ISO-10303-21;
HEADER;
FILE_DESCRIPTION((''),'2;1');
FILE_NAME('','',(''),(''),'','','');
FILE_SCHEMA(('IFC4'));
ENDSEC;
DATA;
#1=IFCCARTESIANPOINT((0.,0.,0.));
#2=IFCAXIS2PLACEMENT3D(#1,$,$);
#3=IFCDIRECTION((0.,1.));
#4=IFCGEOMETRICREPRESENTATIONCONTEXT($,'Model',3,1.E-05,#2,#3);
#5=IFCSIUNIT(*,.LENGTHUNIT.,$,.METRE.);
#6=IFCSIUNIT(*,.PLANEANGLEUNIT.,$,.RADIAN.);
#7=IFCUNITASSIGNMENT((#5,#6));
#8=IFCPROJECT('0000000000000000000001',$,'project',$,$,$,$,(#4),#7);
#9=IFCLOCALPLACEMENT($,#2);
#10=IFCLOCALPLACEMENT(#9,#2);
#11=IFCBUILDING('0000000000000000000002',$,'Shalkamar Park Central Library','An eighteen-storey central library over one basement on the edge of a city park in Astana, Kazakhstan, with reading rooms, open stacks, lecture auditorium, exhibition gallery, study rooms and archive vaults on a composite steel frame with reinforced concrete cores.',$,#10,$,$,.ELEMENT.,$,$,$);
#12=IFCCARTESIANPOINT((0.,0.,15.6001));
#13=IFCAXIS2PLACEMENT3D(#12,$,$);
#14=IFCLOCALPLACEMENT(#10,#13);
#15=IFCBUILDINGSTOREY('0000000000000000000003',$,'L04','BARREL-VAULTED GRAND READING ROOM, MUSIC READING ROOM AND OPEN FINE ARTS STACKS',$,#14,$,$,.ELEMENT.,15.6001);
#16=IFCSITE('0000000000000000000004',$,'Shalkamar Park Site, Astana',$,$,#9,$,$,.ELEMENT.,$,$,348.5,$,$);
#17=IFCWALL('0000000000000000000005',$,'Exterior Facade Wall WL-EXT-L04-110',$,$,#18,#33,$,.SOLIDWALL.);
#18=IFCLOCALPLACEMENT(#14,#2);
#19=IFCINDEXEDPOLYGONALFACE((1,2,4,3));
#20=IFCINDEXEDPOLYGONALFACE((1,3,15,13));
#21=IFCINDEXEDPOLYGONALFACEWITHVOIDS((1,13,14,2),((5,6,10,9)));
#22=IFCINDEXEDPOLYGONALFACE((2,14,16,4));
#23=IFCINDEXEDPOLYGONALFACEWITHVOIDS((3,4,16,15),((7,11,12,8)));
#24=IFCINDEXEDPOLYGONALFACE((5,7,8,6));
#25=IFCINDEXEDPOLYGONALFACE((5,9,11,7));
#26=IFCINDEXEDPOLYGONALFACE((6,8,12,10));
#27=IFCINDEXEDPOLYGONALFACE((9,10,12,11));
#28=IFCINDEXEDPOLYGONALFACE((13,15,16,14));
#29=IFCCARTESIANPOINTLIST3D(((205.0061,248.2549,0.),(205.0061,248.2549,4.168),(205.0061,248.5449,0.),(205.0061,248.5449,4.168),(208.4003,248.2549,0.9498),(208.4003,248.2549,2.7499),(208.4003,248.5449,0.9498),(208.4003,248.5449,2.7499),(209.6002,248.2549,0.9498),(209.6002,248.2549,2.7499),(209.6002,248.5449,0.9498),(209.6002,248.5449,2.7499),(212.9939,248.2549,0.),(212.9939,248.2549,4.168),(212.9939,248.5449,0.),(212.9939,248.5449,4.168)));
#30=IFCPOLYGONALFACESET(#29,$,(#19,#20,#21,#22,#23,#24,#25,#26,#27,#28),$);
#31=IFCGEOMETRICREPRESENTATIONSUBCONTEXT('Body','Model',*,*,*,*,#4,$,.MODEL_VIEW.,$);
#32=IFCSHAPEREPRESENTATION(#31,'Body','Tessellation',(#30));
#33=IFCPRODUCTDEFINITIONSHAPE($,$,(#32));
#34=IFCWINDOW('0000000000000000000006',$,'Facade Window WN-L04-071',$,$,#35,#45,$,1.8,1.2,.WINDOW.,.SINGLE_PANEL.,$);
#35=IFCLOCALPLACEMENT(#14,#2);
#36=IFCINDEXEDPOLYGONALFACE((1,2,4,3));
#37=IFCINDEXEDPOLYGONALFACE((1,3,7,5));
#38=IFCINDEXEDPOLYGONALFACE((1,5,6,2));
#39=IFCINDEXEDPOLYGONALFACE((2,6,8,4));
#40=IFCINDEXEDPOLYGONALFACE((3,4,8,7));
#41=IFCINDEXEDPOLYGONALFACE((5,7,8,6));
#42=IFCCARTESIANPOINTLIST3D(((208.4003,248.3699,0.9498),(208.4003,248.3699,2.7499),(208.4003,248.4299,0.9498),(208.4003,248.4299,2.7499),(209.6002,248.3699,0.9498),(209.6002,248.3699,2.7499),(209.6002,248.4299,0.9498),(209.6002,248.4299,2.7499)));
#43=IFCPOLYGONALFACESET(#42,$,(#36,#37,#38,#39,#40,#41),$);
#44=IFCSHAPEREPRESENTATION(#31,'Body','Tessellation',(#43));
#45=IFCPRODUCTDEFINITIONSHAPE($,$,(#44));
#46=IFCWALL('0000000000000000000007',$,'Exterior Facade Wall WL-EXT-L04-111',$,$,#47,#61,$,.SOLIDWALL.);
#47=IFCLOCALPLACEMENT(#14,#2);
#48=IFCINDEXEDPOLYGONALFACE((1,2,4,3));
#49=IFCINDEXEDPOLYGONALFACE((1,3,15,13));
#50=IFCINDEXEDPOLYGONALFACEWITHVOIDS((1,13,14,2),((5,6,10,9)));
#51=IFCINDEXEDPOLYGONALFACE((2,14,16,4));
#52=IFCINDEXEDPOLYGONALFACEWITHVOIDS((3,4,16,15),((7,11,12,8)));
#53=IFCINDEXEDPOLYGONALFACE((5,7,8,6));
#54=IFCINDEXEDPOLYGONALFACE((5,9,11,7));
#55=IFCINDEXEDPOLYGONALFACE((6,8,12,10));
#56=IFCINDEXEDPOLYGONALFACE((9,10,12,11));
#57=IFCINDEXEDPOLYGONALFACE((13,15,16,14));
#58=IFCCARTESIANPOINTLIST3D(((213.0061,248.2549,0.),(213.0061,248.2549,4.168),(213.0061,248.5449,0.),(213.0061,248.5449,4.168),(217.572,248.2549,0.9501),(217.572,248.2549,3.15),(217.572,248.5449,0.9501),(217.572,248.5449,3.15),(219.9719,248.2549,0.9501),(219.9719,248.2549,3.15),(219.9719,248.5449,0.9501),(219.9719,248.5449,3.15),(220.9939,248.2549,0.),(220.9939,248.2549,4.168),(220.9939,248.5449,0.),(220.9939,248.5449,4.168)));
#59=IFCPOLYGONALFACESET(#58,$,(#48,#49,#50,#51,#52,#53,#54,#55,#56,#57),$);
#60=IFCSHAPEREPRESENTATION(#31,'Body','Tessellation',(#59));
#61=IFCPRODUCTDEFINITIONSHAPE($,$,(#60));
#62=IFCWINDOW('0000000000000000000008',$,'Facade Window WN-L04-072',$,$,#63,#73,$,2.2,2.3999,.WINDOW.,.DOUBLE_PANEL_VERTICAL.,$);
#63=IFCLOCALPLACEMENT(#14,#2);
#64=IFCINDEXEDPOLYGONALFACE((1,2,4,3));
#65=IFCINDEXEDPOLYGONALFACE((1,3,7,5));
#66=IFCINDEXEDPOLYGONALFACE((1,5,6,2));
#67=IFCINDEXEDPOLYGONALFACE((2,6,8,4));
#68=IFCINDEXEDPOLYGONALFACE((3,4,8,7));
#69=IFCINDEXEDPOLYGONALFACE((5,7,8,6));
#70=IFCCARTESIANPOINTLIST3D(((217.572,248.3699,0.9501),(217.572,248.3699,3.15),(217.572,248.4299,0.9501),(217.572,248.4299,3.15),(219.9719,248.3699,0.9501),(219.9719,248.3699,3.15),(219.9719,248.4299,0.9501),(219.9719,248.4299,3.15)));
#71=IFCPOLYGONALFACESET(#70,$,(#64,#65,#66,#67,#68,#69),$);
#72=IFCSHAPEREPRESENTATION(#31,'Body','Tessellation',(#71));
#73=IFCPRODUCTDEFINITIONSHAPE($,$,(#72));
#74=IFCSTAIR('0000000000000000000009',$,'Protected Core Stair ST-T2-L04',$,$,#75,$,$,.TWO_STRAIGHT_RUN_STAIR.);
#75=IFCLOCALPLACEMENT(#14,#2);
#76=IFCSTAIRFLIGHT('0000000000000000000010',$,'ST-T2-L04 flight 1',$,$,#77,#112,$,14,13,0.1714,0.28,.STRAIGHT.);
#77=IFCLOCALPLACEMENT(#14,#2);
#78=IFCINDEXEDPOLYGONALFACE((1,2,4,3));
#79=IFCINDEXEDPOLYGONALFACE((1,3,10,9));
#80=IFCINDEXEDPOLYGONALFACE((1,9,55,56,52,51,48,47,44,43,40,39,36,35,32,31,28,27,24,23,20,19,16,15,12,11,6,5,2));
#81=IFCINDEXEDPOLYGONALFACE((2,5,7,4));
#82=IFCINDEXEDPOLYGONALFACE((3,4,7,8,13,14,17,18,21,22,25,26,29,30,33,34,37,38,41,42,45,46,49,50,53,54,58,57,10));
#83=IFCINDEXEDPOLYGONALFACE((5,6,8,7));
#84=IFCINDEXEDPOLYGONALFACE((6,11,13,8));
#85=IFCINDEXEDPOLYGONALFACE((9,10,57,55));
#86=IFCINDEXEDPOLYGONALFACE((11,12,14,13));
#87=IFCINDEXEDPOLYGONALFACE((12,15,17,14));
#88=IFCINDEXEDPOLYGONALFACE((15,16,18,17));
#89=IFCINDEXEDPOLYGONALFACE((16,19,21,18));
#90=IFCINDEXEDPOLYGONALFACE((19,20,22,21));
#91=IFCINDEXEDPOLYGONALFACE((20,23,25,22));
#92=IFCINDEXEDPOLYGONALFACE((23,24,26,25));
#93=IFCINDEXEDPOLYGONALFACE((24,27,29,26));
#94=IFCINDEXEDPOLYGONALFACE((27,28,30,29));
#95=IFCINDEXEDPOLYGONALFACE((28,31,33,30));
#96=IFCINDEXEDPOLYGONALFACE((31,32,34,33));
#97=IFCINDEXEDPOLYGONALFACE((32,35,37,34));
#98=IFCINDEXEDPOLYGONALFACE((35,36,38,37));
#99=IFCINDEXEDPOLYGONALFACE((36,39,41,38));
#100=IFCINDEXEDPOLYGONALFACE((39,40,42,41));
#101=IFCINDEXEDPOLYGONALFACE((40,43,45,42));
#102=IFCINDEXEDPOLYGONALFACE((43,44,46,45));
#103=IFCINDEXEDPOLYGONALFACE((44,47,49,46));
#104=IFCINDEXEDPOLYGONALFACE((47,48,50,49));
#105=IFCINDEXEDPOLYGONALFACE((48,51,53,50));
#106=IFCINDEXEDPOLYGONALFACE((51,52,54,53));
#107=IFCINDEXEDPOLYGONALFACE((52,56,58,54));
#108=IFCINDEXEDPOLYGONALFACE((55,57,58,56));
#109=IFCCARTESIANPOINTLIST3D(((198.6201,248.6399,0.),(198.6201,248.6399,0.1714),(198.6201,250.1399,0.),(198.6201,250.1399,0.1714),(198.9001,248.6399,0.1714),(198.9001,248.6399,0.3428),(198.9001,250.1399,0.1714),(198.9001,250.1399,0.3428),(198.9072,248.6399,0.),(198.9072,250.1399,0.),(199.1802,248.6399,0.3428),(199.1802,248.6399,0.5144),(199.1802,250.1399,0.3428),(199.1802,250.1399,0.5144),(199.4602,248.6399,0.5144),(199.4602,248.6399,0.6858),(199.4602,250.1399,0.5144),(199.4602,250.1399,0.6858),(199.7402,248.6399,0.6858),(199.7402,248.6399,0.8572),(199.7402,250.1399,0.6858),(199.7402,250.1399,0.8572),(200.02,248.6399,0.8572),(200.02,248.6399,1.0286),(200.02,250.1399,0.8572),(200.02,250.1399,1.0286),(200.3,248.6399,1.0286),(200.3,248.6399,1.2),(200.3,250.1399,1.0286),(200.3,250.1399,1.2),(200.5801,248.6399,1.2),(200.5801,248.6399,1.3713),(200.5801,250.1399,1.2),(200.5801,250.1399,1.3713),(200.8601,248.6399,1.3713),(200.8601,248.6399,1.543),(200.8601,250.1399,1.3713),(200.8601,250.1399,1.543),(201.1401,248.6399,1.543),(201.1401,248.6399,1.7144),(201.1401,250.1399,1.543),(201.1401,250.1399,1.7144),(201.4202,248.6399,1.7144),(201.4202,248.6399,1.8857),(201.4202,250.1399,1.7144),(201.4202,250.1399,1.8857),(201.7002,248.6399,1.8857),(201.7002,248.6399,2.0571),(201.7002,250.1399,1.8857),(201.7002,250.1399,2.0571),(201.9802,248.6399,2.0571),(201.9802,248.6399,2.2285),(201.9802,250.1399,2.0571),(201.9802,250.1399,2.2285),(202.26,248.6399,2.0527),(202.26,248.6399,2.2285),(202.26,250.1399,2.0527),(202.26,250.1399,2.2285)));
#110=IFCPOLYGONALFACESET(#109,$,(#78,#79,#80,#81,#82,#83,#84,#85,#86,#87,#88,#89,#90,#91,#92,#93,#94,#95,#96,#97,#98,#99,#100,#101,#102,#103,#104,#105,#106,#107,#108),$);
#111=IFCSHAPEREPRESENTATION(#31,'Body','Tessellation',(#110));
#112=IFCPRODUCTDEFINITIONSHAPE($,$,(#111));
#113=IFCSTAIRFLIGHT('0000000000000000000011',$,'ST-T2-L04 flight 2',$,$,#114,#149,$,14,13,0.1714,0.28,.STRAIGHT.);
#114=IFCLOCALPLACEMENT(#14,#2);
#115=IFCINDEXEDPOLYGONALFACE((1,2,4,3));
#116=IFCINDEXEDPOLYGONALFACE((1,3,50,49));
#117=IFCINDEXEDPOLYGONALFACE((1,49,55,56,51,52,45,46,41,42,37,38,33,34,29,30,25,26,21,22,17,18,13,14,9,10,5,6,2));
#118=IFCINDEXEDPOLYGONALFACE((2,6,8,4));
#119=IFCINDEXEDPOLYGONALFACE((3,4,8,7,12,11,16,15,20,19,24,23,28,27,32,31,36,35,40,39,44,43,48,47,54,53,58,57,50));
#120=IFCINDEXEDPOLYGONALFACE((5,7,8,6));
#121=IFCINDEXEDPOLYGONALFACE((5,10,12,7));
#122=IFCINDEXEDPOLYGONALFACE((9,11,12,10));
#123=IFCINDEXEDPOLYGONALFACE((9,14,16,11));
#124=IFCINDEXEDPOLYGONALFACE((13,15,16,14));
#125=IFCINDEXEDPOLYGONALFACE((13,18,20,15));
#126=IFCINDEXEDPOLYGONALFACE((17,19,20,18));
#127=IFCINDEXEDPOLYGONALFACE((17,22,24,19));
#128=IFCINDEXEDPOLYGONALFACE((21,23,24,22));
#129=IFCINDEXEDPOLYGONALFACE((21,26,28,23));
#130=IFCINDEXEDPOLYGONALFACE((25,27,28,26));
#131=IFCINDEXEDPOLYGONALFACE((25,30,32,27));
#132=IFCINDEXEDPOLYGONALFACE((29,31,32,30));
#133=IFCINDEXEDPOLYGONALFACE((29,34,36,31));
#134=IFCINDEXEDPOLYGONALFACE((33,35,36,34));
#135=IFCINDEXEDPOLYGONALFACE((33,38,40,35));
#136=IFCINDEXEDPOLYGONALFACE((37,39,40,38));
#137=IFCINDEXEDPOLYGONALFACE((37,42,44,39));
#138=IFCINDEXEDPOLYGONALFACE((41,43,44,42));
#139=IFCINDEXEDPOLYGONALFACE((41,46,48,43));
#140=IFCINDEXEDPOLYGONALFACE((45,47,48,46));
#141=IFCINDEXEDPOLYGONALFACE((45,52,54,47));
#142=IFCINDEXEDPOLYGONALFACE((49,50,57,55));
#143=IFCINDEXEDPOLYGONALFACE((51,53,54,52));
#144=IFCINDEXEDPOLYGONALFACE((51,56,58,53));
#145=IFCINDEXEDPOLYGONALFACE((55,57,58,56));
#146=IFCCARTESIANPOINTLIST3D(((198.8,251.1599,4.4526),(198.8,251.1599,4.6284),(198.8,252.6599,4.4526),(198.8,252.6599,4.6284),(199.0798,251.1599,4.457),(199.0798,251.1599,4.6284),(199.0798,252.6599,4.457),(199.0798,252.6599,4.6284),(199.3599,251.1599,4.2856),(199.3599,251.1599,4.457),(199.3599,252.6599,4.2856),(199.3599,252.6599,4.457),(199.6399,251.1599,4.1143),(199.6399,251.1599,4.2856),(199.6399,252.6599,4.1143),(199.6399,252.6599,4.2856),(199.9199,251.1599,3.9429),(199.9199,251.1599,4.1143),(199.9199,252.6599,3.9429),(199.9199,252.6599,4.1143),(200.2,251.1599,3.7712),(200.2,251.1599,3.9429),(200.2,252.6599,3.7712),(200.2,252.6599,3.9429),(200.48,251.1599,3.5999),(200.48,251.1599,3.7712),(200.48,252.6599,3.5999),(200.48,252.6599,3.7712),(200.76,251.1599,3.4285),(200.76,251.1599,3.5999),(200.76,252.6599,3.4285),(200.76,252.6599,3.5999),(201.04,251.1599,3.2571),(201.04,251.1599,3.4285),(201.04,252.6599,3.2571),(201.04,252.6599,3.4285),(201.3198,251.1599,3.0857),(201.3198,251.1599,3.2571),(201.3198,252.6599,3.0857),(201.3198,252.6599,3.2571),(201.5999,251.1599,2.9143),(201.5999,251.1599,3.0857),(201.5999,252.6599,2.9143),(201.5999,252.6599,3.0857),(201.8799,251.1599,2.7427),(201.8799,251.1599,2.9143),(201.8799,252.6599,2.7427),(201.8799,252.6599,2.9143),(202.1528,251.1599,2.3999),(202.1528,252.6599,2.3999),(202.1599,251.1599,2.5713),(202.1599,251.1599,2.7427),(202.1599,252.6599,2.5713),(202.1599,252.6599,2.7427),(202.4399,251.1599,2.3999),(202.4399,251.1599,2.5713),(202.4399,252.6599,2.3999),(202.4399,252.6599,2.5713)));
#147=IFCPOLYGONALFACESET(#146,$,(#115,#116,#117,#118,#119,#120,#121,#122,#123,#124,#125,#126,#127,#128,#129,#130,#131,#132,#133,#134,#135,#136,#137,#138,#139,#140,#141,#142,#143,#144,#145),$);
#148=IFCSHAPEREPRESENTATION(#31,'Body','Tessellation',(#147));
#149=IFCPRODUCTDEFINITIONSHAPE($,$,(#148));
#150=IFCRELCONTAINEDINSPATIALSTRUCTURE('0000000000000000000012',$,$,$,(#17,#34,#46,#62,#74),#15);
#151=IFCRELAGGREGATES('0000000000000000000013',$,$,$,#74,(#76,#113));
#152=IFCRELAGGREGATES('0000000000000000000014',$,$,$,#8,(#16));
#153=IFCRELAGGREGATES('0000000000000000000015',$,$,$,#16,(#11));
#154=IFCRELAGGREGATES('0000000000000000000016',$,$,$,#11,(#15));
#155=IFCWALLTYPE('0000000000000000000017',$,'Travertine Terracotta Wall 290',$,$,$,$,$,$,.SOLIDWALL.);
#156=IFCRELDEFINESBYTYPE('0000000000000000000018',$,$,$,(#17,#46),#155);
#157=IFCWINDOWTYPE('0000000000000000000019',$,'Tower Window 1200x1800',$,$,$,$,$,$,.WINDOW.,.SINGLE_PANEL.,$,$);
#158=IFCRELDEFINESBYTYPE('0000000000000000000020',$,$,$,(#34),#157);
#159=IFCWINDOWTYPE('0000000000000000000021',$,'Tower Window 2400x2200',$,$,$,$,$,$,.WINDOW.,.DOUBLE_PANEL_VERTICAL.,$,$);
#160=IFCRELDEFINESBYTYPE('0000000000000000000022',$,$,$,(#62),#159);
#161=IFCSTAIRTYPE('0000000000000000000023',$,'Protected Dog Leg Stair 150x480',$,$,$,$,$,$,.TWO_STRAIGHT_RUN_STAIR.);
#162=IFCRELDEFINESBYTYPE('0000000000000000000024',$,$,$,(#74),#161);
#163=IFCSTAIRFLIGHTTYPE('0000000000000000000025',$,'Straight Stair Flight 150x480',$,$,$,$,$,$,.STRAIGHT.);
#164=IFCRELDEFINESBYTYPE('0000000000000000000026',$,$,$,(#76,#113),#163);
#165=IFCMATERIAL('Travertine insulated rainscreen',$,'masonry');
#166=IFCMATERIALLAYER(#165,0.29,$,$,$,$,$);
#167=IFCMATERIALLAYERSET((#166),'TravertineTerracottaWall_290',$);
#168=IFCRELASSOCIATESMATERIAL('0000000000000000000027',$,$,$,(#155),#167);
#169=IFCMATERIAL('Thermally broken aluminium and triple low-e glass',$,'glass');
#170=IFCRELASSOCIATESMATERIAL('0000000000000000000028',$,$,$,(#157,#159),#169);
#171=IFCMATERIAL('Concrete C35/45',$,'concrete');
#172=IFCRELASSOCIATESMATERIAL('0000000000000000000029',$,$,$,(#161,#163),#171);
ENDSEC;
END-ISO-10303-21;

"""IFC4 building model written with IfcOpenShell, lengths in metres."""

from ifc_helpers import new_model, si_unit, direction, frame, frame_2d, origin, place, context, subcontext, project, spatial, polyline, rectangle, outline, extrude, material, layer, layer_set, type_object, element, fill, aggregate, save


model = new_model("IFC4")

# Units and contexts
model_context = context("Model", 3, precision=1e-05, world=origin(), true_north=direction((0.0, 1.0)))
body_context = subcontext(model_context, "Body", "Model", "MODEL_VIEW")
ifc_project = project(units=[si_unit("LENGTHUNIT", "METRE"), si_unit("PLANEANGLEUNIT", "RADIAN")], contexts=[model_context])

# Site, building, storey
site_placement = place(None, origin())
site = spatial("IfcSite", under=ifc_project, at=site_placement, Name="Shalkamar Park Site, Astana", CompositionType="ELEMENT", RefElevation=348.5)
building_placement = place(site_placement, origin())
building = spatial("IfcBuilding", under=site, at=building_placement, Name="Shalkamar Park Central Library", Description="An eighteen-storey central library over one basement on the edge of a city park in Astana, Kazakhstan, with reading rooms, open stacks, lecture auditorium, exhibition gallery, study rooms and archive vaults on a composite steel frame with reinforced concrete cores.", CompositionType="ELEMENT")
storey_placement = place(building_placement, frame((0.0, 0.0, 15.6001)))
storey = spatial("IfcBuildingStorey", under=building, at=storey_placement, Name="L04", Description="BARREL-VAULTED GRAND READING ROOM, MUSIC READING ROOM AND OPEN FINE ARTS STACKS", CompositionType="ELEMENT", Elevation=15.6001)

# Walls, openings, windows
ifc_material_1 = material(Name="Travertine insulated rainscreen", Category="masonry")
ifc_layer_1 = layer(ifc_material_1, 0.29)
ifc_layer_set_1 = layer_set([ifc_layer_1], Name="TravertineTerracottaWall_290")
wall_type_1 = type_object("IfcWallType", Name="Travertine Terracotta Wall 290", PredefinedType="SOLIDWALL", material=ifc_layer_set_1)
wall_1_placement = place(storey_placement, frame((205.0061, 248.3999, 0.0), z_axis=(0.0, 0.0, 1.0), x_axis=(1.0, 0.0, 0.0)))
wall_1 = element("IfcWall", 1, at=wall_1_placement, inside=storey, type_object=wall_type_1, Name="Exterior Facade Wall WL-EXT-L04-110", PredefinedType="SOLIDWALL", context=body_context, shape_type="SweptSolid", body=[
    extrude(rectangle(XDim=7.9878, YDim=0.29, at=frame_2d((3.9939, 0.0))), origin(), (0.0, 0.0, 1.0), 4.168),
])
opening_1_placement = place(wall_1_placement, frame((3.394, 0.0, 0.95)))
opening_1 = element("IfcOpeningElement", 2, at=opening_1_placement, cuts=wall_1, PredefinedType="OPENING", context=body_context, shape_type="SweptSolid", body=[
    extrude(rectangle(XDim=1.2, YDim=1.8, at=frame_2d((0.6001, 0.8999))), frame((0.0, 0.1599, 0.0), z_axis=(0.0, -1.0, 0.0), x_axis=(1.0, 0.0, 0.0)), (0.0, 0.0, 1.0), 0.3198),
])
ifc_material_2 = material(Name="Thermally broken aluminium and triple low-e glass", Category="glass")
window_type_1 = type_object("IfcWindowType", Name="Tower Window 1200x1800", PartitioningType="SINGLE_PANEL", PredefinedType="WINDOW", material=ifc_material_2)
window_1_placement = place(opening_1_placement, origin())
window_1 = element("IfcWindow", 3, at=window_1_placement, inside=storey, type_object=window_type_1, Name="Facade Window WN-L04-071", OverallHeight=1.8, OverallWidth=1.2, PartitioningType="SINGLE_PANEL", PredefinedType="WINDOW", context=body_context, shape_type="SweptSolid", body=[
    extrude(rectangle(XDim=1.2, YDim=1.8, at=frame_2d((0.6001, 0.8999))), frame((0.0, 0.03, 0.0), z_axis=(0.0, -1.0, 0.0), x_axis=(1.0, 0.0, 0.0)), (0.0, 0.0, 1.0), 0.0601),
])
fill(opening_1, window_1)
wall_2_placement = place(storey_placement, frame((213.0061, 248.3999, 0.0), z_axis=(0.0, 0.0, 1.0), x_axis=(1.0, 0.0, 0.0)))
wall_2 = element("IfcWall", 4, at=wall_2_placement, inside=storey, type_object=wall_type_1, Name="Exterior Facade Wall WL-EXT-L04-111", PredefinedType="SOLIDWALL", context=body_context, shape_type="SweptSolid", body=[
    extrude(rectangle(XDim=7.9878, YDim=0.29, at=frame_2d((3.9939, 0.0))), origin(), (0.0, 0.0, 1.0), 4.168),
])
opening_2_placement = place(wall_2_placement, frame((4.5659, 0.0, 0.95)))
opening_2 = element("IfcOpeningElement", 5, at=opening_2_placement, cuts=wall_2, PredefinedType="OPENING", context=body_context, shape_type="SweptSolid", body=[
    extrude(rectangle(XDim=2.3999, YDim=2.2, at=frame_2d((1.2, 1.1001))), frame((0.0, 0.1599, 0.0), z_axis=(0.0, -1.0, 0.0), x_axis=(1.0, 0.0, 0.0)), (0.0, 0.0, 1.0), 0.3198),
])
window_type_2 = type_object("IfcWindowType", Name="Tower Window 2400x2200", PartitioningType="DOUBLE_PANEL_VERTICAL", PredefinedType="WINDOW", material=ifc_material_2)
window_2_placement = place(opening_2_placement, origin())
window_2 = element("IfcWindow", 6, at=window_2_placement, inside=storey, type_object=window_type_2, Name="Facade Window WN-L04-072", OverallHeight=2.2, OverallWidth=2.3999, PartitioningType="DOUBLE_PANEL_VERTICAL", PredefinedType="WINDOW", context=body_context, shape_type="SweptSolid", body=[
    extrude(rectangle(XDim=2.3999, YDim=2.2, at=frame_2d((1.2, 1.1001))), frame((0.0, 0.03, 0.0), z_axis=(0.0, -1.0, 0.0), x_axis=(1.0, 0.0, 0.0)), (0.0, 0.0, 1.0), 0.0601),
])
fill(opening_2, window_2)

# Stair, stair flights
ifc_material_3 = material(Name="Concrete C35/45", Category="concrete")
stair_type = type_object("IfcStairType", Name="Protected Dog Leg Stair 150x480", PredefinedType="TWO_STRAIGHT_RUN_STAIR", material=ifc_material_3)
stair_placement = place(storey_placement, origin())
stair = element("IfcStair", 7, at=stair_placement, inside=storey, type_object=stair_type, Name="Protected Core Stair ST-T2-L04", PredefinedType="TWO_STRAIGHT_RUN_STAIR")
stair_flight_type = type_object("IfcStairFlightType", Name="Straight Stair Flight 150x480", PredefinedType="STRAIGHT", material=ifc_material_3)
stair_flight_1_placement = place(storey_placement, frame((198.6201, 249.3899, 0.0), z_axis=(0.0, 0.0, 1.0), x_axis=(1.0, 0.0, 0.0)))
stair_flight_1 = element("IfcStairFlight", 8, at=stair_flight_1_placement, type_object=stair_flight_type, Name="ST-T2-L04 flight 1", NumberOfRisers=14, NumberOfTreads=13, PredefinedType="STRAIGHT", RiserHeight=0.1714, TreadLength=0.28, context=body_context, shape_type="SweptSolid", body=[
    extrude(outline(polyline([(0.0, 0.0), (0.0, 0.1714), (0.28, 0.1714), (0.28, 0.3428), (0.5601, 0.3428), (0.5601, 0.5144), (0.8401, 0.5144), (0.8401, 0.6858), (1.1201, 0.6858), (1.1201, 0.8572), (1.3999, 0.8572), (1.3999, 1.0286), (1.6799, 1.0286), (1.6799, 1.2), (1.96, 1.2), (1.96, 1.3713), (2.24, 1.3713), (2.24, 1.543), (2.52, 1.543), (2.52, 1.7144), (2.8, 1.7144), (2.8, 1.8857), (3.0801, 1.8857), (3.0801, 2.0571), (3.3601, 2.0571), (3.3601, 2.2285), (3.6399, 2.2285), (3.6399, 2.3999), (3.6399, 2.0527), (0.2871, 0.0), (0.0, 0.0)])), frame((0.0, 0.75, 0.0), z_axis=(0.0, -1.0, 0.0), x_axis=(1.0, 0.0, 0.0)), (0.0, 0.0, 1.0), 1.5),
])
stair_flight_2_placement = place(storey_placement, frame((202.4399, 251.9099, 2.3999), z_axis=(0.0, 0.0, 1.0), x_axis=(-1.0, 0.0, 0.0)))
stair_flight_2 = element("IfcStairFlight", 9, at=stair_flight_2_placement, type_object=stair_flight_type, Name="ST-T2-L04 flight 2", NumberOfRisers=14, NumberOfTreads=13, PredefinedType="STRAIGHT", RiserHeight=0.1714, TreadLength=0.28, context=body_context, shape_type="SweptSolid", body=[
    extrude(outline(polyline([(0.0, 0.0), (0.0, 0.1714), (0.28, 0.1714), (0.28, 0.3428), (0.5601, 0.3428), (0.5601, 0.5144), (0.8401, 0.5144), (0.8401, 0.6858), (1.1201, 0.6858), (1.1201, 0.8572), (1.3999, 0.8572), (1.3999, 1.0286), (1.6799, 1.0286), (1.6799, 1.2), (1.96, 1.2), (1.96, 1.3713), (2.24, 1.3713), (2.24, 1.543), (2.52, 1.543), (2.52, 1.7144), (2.8, 1.7144), (2.8, 1.8857), (3.0801, 1.8857), (3.0801, 2.0571), (3.3601, 2.0571), (3.3601, 2.2285), (3.6399, 2.2285), (3.6399, 2.3999), (3.6399, 2.0527), (0.2871, 0.0), (0.0, 0.0)])), frame((0.0, 0.75, 0.0), z_axis=(0.0, -1.0, 0.0), x_axis=(1.0, 0.0, 0.0)), (0.0, 0.0, 1.0), 1.5),
])
aggregate(stair, [stair_flight_1, stair_flight_2])

save(model, "model.ifc")
